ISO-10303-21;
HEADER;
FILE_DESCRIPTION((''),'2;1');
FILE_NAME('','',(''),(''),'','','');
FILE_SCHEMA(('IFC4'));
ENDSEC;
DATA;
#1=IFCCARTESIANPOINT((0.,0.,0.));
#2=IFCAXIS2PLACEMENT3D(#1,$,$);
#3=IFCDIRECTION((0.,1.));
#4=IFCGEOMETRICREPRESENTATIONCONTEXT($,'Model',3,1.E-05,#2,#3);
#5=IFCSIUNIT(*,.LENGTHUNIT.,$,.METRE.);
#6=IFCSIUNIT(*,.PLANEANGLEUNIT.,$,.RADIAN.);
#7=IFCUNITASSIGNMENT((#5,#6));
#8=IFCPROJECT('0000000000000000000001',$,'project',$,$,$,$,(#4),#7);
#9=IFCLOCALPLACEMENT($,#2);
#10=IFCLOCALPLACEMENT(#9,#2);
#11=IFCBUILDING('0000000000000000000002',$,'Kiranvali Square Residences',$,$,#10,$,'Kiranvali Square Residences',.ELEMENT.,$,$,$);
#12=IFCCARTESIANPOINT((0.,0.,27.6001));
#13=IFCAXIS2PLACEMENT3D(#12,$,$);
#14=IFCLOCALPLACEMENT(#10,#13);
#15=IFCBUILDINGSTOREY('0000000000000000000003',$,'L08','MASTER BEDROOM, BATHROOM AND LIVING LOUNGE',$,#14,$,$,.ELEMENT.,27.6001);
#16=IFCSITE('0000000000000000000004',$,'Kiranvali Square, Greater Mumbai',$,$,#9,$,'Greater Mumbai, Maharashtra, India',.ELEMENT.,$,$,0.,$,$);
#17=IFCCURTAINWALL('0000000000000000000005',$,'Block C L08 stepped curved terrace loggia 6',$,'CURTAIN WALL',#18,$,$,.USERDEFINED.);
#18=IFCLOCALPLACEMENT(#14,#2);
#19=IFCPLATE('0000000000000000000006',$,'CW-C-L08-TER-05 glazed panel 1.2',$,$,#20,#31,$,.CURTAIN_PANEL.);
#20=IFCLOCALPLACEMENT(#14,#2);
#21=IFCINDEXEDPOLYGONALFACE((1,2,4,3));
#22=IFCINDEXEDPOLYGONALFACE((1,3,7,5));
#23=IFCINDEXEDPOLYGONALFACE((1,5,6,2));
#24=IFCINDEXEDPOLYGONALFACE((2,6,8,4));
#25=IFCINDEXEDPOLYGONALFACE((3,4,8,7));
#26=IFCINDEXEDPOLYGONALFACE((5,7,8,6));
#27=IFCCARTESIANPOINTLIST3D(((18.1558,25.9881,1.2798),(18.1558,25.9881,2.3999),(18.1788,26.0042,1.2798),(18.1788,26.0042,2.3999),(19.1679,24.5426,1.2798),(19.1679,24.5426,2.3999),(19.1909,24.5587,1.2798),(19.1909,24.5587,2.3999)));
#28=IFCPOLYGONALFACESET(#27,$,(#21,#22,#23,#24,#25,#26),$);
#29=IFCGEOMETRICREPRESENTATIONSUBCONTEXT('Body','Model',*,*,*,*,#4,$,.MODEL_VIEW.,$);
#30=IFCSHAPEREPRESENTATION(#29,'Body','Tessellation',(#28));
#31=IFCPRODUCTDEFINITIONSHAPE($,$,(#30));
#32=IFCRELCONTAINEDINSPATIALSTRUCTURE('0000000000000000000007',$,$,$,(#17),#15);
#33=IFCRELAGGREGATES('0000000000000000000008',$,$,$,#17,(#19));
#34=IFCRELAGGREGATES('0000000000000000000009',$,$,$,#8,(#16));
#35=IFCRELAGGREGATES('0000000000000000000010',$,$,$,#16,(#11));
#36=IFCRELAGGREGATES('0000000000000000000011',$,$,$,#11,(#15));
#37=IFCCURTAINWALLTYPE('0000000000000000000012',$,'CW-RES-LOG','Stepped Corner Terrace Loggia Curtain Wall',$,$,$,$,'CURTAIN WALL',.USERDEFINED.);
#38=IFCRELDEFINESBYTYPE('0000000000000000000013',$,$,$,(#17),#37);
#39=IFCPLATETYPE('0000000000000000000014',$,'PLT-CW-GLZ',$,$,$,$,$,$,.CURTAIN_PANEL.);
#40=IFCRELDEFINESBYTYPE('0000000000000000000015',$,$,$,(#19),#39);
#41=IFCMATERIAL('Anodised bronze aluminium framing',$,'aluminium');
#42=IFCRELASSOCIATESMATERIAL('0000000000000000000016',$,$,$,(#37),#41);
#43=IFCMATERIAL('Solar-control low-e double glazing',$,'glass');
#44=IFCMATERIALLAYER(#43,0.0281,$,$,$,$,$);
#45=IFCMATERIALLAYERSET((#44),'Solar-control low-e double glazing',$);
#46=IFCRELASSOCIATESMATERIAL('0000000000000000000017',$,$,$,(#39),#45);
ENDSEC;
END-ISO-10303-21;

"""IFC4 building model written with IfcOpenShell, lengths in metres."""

from ifc_helpers import new_model, si_unit, direction, frame, origin, origin_2d, place, context, subcontext, project, spatial, rectangle, extrude, material, layer, layer_set, type_object, element, aggregate, save


model = new_model("IFC4")

# Units and contexts
model_context = context("Model", 3, precision=1e-05, world=origin(), true_north=direction((0.0, 1.0)))
body_context = subcontext(model_context, "Body", "Model", "MODEL_VIEW")
ifc_project = project(units=[si_unit("LENGTHUNIT", "METRE"), si_unit("PLANEANGLEUNIT", "RADIAN")], contexts=[model_context])

# Site, building, storey
site_placement = place(None, origin())
site = spatial("IfcSite", under=ifc_project, at=site_placement, Name="Kiranvali Square, Greater Mumbai", LongName="Greater Mumbai, Maharashtra, India", CompositionType="ELEMENT", RefElevation=0.0)
building_placement = place(site_placement, origin())
building = spatial("IfcBuilding", under=site, at=building_placement, Name="Kiranvali Square Residences", LongName="Kiranvali Square Residences", CompositionType="ELEMENT")
storey_placement = place(building_placement, frame((0.0, 0.0, 27.6001)))
storey = spatial("IfcBuildingStorey", under=building, at=storey_placement, Name="L08", Description="MASTER BEDROOM, BATHROOM AND LIVING LOUNGE", CompositionType="ELEMENT", Elevation=27.6001)

# Shared definitions
ifc_material_1 = material(Name="Anodised bronze aluminium framing", Category="aluminium")
curtain_wall_type = type_object("IfcCurtainWallType", Name="CW-RES-LOG", Description="Stepped Corner Terrace Loggia Curtain Wall", ElementType="CURTAIN WALL", PredefinedType="USERDEFINED", material=ifc_material_1)

# Curtain wall
curtain_wall_1_placement = place(storey_placement, origin())
curtain_wall_1 = element("IfcCurtainWall", 1, at=curtain_wall_1_placement, inside=storey, type_object=curtain_wall_type, Name="Block C L08 stepped curved terrace loggia 6", ObjectType="CURTAIN WALL", PredefinedType="USERDEFINED")

# Plate
ifc_material_2 = material(Name="Solar-control low-e double glazing", Category="glass")
ifc_layer_1 = layer(ifc_material_2, 0.0281)
ifc_layer_set_1 = layer_set([ifc_layer_1], Name="Solar-control low-e double glazing")
plate_type = type_object("IfcPlateType", Name="PLT-CW-GLZ", PredefinedType="CURTAIN_PANEL", material=ifc_layer_set_1)
plate_1_placement = place(storey_placement, frame((18.6733, 25.2734, 1.2798), z_axis=(0.0, 0.0, 1.0), x_axis=(-0.573576, 0.819152, 0.0)))
plate_1 = element("IfcPlate", 2, at=plate_1_placement, type_object=plate_type, Name="CW-C-L08-TER-05 glazed panel 1.2", PredefinedType="CURTAIN_PANEL", context=body_context, shape_type="SweptSolid", body=[
    extrude(rectangle(XDim=1.7646, YDim=0.0281, at=origin_2d()), origin(), (0.0, 0.0, 1.0), 1.1201),
])
aggregate(curtain_wall_1, [plate_1])

save(model, "model.ifc")
